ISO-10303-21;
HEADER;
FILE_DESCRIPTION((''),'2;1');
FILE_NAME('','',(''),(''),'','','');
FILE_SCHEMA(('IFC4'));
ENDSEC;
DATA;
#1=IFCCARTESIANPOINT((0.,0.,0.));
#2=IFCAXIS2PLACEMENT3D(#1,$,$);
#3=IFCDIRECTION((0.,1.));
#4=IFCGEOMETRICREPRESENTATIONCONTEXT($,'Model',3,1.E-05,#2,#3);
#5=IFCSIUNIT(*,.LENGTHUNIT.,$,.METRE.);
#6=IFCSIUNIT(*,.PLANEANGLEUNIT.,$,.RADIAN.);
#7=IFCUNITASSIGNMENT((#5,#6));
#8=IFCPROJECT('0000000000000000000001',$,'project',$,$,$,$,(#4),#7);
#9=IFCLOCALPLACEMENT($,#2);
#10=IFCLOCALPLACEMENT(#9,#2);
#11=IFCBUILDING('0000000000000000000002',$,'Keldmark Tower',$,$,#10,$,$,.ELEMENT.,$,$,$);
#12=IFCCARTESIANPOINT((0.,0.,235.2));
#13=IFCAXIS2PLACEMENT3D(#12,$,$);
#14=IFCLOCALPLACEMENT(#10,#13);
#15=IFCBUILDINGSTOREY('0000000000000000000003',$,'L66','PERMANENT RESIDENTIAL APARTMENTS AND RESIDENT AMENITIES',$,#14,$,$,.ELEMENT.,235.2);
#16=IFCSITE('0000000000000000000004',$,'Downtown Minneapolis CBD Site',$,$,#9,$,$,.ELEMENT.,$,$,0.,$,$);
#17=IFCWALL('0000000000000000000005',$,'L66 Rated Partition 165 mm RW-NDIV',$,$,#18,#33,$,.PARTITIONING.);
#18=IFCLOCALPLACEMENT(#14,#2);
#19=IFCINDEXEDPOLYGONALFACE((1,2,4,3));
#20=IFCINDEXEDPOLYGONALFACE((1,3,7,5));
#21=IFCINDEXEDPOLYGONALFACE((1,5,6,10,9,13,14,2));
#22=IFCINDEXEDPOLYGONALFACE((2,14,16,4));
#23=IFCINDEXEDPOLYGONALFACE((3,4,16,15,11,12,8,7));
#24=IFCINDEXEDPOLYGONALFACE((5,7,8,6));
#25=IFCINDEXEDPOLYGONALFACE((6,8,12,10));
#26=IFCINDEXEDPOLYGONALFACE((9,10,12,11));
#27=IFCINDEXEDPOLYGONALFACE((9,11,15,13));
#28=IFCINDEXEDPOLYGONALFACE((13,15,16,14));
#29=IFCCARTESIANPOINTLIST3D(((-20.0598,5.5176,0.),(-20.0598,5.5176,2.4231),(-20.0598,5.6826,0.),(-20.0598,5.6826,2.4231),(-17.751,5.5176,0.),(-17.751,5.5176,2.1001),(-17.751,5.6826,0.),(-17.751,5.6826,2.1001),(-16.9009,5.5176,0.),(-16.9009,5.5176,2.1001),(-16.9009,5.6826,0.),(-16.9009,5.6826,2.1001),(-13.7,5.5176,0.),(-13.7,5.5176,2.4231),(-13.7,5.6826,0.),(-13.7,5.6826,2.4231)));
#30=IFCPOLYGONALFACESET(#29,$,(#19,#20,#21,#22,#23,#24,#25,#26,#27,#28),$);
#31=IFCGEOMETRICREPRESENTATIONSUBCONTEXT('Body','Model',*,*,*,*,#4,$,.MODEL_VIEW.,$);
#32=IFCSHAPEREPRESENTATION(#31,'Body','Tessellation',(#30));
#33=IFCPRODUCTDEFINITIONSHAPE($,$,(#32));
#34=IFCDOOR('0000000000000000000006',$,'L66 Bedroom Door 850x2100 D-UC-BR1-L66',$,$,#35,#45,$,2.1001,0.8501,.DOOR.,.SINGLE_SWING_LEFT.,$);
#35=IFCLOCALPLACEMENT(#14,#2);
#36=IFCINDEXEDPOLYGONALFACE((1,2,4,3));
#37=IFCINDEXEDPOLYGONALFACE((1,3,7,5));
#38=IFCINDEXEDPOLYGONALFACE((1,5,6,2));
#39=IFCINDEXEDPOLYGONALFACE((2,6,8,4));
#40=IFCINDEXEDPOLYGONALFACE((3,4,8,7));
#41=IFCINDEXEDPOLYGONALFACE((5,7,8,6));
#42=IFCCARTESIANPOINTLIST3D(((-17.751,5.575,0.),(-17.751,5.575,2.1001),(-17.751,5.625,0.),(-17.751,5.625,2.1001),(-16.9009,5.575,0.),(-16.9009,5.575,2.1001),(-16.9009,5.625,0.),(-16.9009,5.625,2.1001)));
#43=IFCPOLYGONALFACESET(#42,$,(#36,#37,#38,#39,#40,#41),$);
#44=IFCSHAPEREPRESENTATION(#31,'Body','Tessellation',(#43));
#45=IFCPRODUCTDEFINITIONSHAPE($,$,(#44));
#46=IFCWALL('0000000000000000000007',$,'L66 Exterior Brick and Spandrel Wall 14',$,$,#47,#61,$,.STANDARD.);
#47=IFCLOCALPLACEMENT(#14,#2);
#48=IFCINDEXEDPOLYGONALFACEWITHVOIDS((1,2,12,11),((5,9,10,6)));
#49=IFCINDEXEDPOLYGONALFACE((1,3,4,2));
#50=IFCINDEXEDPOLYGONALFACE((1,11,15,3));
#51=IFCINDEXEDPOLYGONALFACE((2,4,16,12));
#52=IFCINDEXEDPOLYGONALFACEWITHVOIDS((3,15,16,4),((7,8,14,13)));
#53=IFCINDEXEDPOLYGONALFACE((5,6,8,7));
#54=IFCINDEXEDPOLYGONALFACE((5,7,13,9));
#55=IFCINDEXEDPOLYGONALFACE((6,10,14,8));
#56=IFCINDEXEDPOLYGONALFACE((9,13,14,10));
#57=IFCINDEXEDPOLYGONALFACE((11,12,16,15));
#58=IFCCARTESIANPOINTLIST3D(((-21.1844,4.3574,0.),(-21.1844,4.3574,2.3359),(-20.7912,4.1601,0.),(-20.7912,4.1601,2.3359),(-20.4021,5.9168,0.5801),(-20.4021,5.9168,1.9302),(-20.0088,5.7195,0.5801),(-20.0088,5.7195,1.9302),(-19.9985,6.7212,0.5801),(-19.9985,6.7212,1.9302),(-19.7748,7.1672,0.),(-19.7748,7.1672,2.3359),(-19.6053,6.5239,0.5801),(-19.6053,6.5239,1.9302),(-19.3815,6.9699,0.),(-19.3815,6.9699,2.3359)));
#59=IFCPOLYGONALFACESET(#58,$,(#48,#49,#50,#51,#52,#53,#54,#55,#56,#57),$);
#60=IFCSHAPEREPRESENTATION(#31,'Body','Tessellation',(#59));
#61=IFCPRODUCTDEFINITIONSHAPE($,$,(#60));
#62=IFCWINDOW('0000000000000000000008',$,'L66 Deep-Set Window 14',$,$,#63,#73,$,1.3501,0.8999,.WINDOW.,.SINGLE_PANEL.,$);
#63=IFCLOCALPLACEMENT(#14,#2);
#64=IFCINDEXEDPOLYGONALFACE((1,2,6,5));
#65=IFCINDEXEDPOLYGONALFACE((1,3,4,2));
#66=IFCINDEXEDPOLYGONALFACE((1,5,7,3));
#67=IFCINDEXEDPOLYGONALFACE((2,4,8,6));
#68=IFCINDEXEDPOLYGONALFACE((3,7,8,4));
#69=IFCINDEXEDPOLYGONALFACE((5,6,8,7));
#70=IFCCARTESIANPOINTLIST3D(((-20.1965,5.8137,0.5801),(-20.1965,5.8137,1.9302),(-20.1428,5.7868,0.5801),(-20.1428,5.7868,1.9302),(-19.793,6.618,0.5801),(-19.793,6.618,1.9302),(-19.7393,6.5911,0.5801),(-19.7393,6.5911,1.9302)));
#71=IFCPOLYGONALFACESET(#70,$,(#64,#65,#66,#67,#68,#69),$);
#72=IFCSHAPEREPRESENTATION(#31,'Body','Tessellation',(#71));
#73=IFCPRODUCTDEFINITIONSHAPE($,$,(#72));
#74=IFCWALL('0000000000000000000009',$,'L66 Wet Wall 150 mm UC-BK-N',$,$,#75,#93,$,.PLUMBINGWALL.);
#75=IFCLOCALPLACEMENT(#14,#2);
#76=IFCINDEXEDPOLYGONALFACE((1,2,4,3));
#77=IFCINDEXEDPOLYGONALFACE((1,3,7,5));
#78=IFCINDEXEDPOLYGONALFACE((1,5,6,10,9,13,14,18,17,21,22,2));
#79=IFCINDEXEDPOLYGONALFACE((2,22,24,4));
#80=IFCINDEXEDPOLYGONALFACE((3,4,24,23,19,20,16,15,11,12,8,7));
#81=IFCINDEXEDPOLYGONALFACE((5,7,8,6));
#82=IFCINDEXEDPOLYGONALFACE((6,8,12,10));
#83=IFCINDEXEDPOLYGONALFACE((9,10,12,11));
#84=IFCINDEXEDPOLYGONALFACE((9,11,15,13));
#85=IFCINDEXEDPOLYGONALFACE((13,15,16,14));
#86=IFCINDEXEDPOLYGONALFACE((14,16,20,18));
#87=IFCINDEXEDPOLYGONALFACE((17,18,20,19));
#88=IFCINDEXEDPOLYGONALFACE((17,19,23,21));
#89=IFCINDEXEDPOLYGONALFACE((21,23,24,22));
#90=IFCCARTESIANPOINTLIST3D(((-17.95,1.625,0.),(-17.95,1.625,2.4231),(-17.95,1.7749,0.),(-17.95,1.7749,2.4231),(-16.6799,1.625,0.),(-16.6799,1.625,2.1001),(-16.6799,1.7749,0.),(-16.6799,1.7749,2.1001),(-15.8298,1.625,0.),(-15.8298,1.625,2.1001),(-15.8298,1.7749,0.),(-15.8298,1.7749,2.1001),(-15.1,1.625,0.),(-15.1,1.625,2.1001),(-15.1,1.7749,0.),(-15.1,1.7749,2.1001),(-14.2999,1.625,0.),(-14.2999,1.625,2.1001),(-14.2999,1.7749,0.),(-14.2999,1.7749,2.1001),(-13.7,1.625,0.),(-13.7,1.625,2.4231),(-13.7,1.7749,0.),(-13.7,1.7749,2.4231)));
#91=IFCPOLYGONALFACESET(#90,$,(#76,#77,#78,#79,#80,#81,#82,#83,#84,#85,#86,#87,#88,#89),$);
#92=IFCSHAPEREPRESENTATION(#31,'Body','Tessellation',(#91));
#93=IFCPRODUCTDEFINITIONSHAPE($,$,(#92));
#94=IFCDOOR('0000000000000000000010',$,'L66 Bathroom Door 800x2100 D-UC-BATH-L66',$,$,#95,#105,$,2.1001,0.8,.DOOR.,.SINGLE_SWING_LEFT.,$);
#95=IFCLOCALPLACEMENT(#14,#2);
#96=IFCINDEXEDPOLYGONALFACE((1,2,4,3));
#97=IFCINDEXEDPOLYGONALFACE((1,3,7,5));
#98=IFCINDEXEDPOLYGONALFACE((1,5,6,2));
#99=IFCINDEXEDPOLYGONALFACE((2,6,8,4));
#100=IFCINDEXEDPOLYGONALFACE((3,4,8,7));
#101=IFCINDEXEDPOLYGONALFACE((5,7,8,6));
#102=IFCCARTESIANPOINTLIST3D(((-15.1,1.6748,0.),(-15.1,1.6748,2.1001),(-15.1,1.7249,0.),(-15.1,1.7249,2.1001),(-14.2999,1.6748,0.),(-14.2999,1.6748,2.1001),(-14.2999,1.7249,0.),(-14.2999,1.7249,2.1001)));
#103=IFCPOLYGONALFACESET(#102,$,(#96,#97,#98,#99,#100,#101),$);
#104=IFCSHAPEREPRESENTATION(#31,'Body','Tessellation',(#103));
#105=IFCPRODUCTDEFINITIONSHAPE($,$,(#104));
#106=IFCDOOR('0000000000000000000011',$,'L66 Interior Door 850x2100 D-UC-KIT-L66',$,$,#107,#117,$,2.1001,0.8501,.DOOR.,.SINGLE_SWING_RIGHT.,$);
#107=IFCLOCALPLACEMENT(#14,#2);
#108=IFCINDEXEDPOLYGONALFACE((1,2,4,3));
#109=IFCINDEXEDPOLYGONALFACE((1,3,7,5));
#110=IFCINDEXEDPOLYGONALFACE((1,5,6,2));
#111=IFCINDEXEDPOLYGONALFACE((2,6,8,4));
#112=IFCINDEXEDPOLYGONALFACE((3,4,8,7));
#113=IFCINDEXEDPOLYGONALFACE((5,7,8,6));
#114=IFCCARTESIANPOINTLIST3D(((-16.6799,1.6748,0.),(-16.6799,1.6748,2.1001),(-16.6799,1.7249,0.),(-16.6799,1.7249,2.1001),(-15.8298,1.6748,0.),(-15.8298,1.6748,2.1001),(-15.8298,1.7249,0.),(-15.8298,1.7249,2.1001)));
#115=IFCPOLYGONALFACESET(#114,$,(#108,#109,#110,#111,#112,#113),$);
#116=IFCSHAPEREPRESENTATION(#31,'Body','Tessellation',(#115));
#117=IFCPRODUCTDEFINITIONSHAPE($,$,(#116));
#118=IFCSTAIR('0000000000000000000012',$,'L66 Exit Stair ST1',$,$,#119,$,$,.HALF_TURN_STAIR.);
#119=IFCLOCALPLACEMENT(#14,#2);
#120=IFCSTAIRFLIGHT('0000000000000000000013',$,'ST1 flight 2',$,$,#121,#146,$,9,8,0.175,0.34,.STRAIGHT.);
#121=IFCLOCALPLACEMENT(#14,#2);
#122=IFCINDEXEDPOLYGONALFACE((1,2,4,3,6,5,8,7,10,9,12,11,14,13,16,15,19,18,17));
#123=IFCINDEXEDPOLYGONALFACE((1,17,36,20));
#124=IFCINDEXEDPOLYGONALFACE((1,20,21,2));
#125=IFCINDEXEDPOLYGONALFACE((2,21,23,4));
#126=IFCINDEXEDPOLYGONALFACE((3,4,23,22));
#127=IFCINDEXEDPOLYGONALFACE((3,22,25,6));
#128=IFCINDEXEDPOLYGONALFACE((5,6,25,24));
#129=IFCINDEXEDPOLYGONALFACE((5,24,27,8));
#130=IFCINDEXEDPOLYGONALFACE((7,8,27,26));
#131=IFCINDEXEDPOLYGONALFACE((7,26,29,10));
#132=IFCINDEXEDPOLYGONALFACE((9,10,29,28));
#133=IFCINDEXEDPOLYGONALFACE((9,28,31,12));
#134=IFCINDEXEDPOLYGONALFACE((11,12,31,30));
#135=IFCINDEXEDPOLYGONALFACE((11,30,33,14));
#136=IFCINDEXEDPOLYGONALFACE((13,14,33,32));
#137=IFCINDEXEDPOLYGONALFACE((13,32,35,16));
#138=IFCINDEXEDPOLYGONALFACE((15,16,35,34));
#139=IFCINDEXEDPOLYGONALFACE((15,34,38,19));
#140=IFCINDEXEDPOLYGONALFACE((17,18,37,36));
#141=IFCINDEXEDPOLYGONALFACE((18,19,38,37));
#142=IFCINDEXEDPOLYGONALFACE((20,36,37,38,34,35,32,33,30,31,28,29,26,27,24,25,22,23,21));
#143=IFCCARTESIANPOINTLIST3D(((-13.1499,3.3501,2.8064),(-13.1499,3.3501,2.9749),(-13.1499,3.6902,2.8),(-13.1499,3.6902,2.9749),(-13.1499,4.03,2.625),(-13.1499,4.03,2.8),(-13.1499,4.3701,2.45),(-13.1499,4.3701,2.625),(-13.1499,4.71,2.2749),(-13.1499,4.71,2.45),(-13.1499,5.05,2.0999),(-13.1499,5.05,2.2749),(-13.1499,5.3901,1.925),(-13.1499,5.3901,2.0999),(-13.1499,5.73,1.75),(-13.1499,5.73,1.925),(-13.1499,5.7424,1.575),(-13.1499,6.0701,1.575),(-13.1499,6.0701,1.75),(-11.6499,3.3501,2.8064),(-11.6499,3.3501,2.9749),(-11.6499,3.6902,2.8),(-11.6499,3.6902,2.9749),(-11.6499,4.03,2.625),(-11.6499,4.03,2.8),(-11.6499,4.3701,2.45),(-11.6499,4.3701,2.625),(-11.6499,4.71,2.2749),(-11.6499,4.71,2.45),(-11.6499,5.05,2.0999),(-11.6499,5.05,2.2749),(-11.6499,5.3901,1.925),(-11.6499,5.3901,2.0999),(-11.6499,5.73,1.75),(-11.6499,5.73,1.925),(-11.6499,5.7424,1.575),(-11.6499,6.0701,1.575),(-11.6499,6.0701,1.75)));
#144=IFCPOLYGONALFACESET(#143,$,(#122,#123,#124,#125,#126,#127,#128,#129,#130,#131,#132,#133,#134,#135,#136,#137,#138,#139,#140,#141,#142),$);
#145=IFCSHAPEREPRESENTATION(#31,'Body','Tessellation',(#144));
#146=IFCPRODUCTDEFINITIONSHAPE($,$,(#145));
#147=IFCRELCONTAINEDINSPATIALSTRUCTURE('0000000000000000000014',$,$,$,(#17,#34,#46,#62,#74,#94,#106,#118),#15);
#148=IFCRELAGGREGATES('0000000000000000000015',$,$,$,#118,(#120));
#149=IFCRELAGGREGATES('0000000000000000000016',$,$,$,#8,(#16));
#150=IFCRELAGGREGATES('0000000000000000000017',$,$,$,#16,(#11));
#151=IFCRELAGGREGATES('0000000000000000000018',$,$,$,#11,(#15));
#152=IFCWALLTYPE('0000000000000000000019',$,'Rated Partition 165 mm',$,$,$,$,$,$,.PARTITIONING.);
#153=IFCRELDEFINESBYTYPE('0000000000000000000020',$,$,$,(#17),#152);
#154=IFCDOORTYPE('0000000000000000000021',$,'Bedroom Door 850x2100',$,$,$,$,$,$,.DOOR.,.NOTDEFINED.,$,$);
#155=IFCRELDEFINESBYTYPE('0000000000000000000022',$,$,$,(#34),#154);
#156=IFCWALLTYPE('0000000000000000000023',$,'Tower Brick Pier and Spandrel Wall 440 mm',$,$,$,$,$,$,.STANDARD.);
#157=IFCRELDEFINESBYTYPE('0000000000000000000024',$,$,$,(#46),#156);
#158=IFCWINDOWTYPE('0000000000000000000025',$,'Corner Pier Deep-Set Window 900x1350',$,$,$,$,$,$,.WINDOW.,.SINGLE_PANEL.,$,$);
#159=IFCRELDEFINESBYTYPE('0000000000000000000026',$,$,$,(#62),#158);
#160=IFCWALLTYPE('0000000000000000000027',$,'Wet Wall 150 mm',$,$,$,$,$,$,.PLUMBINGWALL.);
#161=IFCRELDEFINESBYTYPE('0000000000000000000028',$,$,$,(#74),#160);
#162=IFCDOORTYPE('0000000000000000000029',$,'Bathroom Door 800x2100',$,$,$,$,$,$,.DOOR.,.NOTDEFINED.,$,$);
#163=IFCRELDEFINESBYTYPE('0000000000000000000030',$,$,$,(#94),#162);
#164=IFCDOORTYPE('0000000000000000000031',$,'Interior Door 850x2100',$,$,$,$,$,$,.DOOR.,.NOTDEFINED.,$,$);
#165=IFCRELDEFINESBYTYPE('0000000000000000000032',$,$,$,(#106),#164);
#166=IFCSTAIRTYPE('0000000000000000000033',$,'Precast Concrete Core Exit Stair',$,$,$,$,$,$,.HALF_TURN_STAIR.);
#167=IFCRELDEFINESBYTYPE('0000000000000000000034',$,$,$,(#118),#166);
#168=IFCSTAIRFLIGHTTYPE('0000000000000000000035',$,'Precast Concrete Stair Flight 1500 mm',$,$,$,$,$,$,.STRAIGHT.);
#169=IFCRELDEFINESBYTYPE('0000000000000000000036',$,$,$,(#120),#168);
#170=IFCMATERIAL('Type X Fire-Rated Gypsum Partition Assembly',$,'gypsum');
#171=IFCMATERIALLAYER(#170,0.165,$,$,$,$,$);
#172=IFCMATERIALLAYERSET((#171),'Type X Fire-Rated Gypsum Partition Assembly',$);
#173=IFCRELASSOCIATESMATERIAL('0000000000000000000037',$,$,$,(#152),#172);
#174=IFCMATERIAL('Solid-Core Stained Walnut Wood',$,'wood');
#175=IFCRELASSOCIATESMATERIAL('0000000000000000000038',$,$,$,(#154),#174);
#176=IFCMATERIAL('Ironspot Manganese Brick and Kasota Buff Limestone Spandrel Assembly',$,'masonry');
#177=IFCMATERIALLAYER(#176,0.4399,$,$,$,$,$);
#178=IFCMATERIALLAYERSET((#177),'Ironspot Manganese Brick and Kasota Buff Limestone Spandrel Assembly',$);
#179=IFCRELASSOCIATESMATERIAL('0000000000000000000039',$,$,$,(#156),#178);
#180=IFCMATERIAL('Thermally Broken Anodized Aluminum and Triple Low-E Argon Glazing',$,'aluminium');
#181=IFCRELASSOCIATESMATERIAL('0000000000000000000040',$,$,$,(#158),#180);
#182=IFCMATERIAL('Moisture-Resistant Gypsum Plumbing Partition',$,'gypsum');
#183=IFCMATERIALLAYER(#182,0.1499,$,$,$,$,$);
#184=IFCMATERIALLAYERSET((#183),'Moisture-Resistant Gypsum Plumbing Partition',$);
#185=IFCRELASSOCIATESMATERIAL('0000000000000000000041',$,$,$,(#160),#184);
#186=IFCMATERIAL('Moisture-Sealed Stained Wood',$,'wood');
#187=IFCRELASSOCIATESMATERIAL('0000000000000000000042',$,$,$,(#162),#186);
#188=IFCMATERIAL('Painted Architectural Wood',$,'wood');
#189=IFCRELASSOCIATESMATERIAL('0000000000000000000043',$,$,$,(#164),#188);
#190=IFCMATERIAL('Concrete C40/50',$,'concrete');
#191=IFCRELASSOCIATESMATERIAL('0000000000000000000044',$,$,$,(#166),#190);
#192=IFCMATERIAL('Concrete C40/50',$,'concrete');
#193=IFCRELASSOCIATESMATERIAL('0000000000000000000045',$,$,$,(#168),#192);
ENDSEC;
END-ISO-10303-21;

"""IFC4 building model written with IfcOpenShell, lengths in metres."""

from ifc_helpers import new_model, si_unit, direction, frame, frame_2d, origin, place, context, subcontext, project, spatial, polyline, rectangle, outline, extrude, material, layer, layer_set, type_object, element, fill, aggregate, save


model = new_model("IFC4")

# Units and contexts
model_context = context("Model", 3, precision=1e-05, world=origin(), true_north=direction((0.0, 1.0)))
body_context = subcontext(model_context, "Body", "Model", "MODEL_VIEW")
ifc_project = project(units=[si_unit("LENGTHUNIT", "METRE"), si_unit("PLANEANGLEUNIT", "RADIAN")], contexts=[model_context])

# Site, building, storey
site_placement = place(None, origin())
site = spatial("IfcSite", under=ifc_project, at=site_placement, Name="Downtown Minneapolis CBD Site", CompositionType="ELEMENT", RefElevation=0.0)
building_placement = place(site_placement, origin())
building = spatial("IfcBuilding", under=site, at=building_placement, Name="Keldmark Tower", CompositionType="ELEMENT")
storey_placement = place(building_placement, frame((0.0, 0.0, 235.2)))
storey = spatial("IfcBuildingStorey", under=building, at=storey_placement, Name="L66", Description="PERMANENT RESIDENTIAL APARTMENTS AND RESIDENT AMENITIES", CompositionType="ELEMENT", Elevation=235.2)

# Wall, opening, door
ifc_material_1 = material(Name="Type X Fire-Rated Gypsum Partition Assembly", Category="gypsum")
ifc_layer_1 = layer(ifc_material_1, 0.165)
ifc_layer_set_1 = layer_set([ifc_layer_1], Name="Type X Fire-Rated Gypsum Partition Assembly")
wall_type_1 = type_object("IfcWallType", Name="Rated Partition 165 mm", PredefinedType="PARTITIONING", material=ifc_layer_set_1)
wall_1_placement = place(storey_placement, frame((-20.0598, 5.6001, 0.0), z_axis=(0.0, 0.0, 1.0), x_axis=(1.0, 0.0, 0.0)))
wall_1 = element("IfcWall", 1, at=wall_1_placement, inside=storey, type_object=wall_type_1, Name="L66 Rated Partition 165 mm RW-NDIV", PredefinedType="PARTITIONING", context=body_context, shape_type="SweptSolid", body=[
    extrude(rectangle(XDim=6.3599, YDim=0.165, at=frame_2d((3.1799, 0.0))), origin(), (0.0, 0.0, 1.0), 2.4231),
])
opening_1_placement = place(wall_1_placement, frame((2.3088, 0.0, 0.0)))
opening_1 = element("IfcOpeningElement", 2, at=opening_1_placement, cuts=wall_1, PredefinedType="OPENING", context=body_context, shape_type="SweptSolid", body=[
    extrude(rectangle(XDim=0.8501, YDim=2.1001, at=frame_2d((0.425, 1.05))), frame((0.0, 0.0925, 0.0), z_axis=(0.0, -1.0, 0.0), x_axis=(1.0, 0.0, 0.0)), (0.0, 0.0, 1.0), 0.1851),
])
ifc_material_2 = material(Name="Solid-Core Stained Walnut Wood", Category="wood")
door_type_1 = type_object("IfcDoorType", Name="Bedroom Door 850x2100", OperationType="NOTDEFINED", PredefinedType="DOOR", material=ifc_material_2)
door_1_placement = place(opening_1_placement, origin())
door_1 = element("IfcDoor", 3, at=door_1_placement, inside=storey, type_object=door_type_1, Name="L66 Bedroom Door 850x2100 D-UC-BR1-L66", OperationType="SINGLE_SWING_LEFT", OverallHeight=2.1001, OverallWidth=0.8501, PredefinedType="DOOR", context=body_context, shape_type="SweptSolid", body=[
    extrude(rectangle(XDim=0.8501, YDim=2.1001, at=frame_2d((0.425, 1.05))), frame((0.0, 0.0249, 0.0), z_axis=(0.0, -1.0, 0.0), x_axis=(1.0, 0.0, 0.0)), (0.0, 0.0, 1.0), 0.05),
])
fill(opening_1, door_1)

# Wall, opening, window
ifc_material_3 = material(Name="Ironspot Manganese Brick and Kasota Buff Limestone Spandrel Assembly", Category="masonry")
ifc_layer_2 = layer(ifc_material_3, 0.4399)
ifc_layer_set_2 = layer_set([ifc_layer_2], Name="Ironspot Manganese Brick and Kasota Buff Limestone Spandrel Assembly")
wall_type_2 = type_object("IfcWallType", Name="Tower Brick Pier and Spandrel Wall 440 mm", PredefinedType="STANDARD", material=ifc_layer_set_2)
wall_2_placement = place(storey_placement, frame((-20.9878, 4.2588, 0.0), z_axis=(0.0, 0.0, 1.0), x_axis=(0.448425, 0.893821, 0.0)))
wall_2 = element("IfcWall", 4, at=wall_2_placement, inside=storey, type_object=wall_type_2, Name="L66 Exterior Brick and Spandrel Wall 14", PredefinedType="STANDARD", context=body_context, shape_type="SweptSolid", body=[
    extrude(rectangle(XDim=3.1436, YDim=0.4399, at=frame_2d((1.5718, 0.0))), origin(), (0.0, 0.0, 1.0), 2.3359),
])
opening_2_placement = place(wall_2_placement, frame((1.7446, 0.0, 0.5801)))
opening_2 = element("IfcOpeningElement", 5, at=opening_2_placement, cuts=wall_2, PredefinedType="OPENING", context=body_context, shape_type="SweptSolid", body=[
    extrude(rectangle(XDim=0.8999, YDim=1.3501, at=frame_2d((0.45, 0.675))), frame((0.0, 0.23, 0.0), z_axis=(0.0, -1.0, 0.0), x_axis=(1.0, 0.0, 0.0)), (0.0, 0.0, 1.0), 0.46),
])
ifc_material_4 = material(Name="Thermally Broken Anodized Aluminum and Triple Low-E Argon Glazing", Category="aluminium")
window_type = type_object("IfcWindowType", Name="Corner Pier Deep-Set Window 900x1350", PartitioningType="SINGLE_PANEL", PredefinedType="WINDOW", material=ifc_material_4)
window_placement = place(opening_2_placement, origin())
window = element("IfcWindow", 6, at=window_placement, inside=storey, type_object=window_type, Name="L66 Deep-Set Window 14", OverallHeight=1.3501, OverallWidth=0.8999, PartitioningType="SINGLE_PANEL", PredefinedType="WINDOW", context=body_context, shape_type="SweptSolid", body=[
    extrude(rectangle(XDim=0.8999, YDim=1.3501, at=frame_2d((0.45, 0.675))), frame((0.0, -0.01, 0.0), z_axis=(0.0, -1.0, 0.0), x_axis=(1.0, 0.0, 0.0)), (0.0, 0.0, 1.0), 0.0601),
])
fill(opening_2, window)

# Wall, openings, doors
ifc_material_5 = material(Name="Moisture-Resistant Gypsum Plumbing Partition", Category="gypsum")
ifc_layer_3 = layer(ifc_material_5, 0.1499)
ifc_layer_set_3 = layer_set([ifc_layer_3], Name="Moisture-Resistant Gypsum Plumbing Partition")
wall_type_3 = type_object("IfcWallType", Name="Wet Wall 150 mm", PredefinedType="PLUMBINGWALL", material=ifc_layer_set_3)
wall_3_placement = place(storey_placement, frame((-17.95, 1.7, 0.0), z_axis=(0.0, 0.0, 1.0), x_axis=(1.0, 0.0, 0.0)))
wall_3 = element("IfcWall", 7, at=wall_3_placement, inside=storey, type_object=wall_type_3, Name="L66 Wet Wall 150 mm UC-BK-N", PredefinedType="PLUMBINGWALL", context=body_context, shape_type="SweptSolid", body=[
    extrude(rectangle(XDim=4.25, YDim=0.1499, at=frame_2d((2.125, 0.0))), origin(), (0.0, 0.0, 1.0), 2.4231),
])
opening_3_placement = place(wall_3_placement, frame((2.8501, 0.0, 0.0)))
opening_3 = element("IfcOpeningElement", 8, at=opening_3_placement, cuts=wall_3, PredefinedType="OPENING", context=body_context, shape_type="SweptSolid", body=[
    extrude(rectangle(XDim=0.8, YDim=2.1001, at=frame_2d((0.3999, 1.05))), frame((0.0, 0.085, 0.0), z_axis=(0.0, -1.0, 0.0), x_axis=(1.0, 0.0, 0.0)), (0.0, 0.0, 1.0), 0.1699),
])
opening_4_placement = place(wall_3_placement, frame((1.27, 0.0, 0.0)))
opening_4 = element("IfcOpeningElement", 9, at=opening_4_placement, cuts=wall_3, PredefinedType="OPENING", context=body_context, shape_type="SweptSolid", body=[
    extrude(rectangle(XDim=0.8501, YDim=2.1001, at=frame_2d((0.425, 1.05))), frame((0.0, 0.085, 0.0), z_axis=(0.0, -1.0, 0.0), x_axis=(1.0, 0.0, 0.0)), (0.0, 0.0, 1.0), 0.1699),
])
ifc_material_6 = material(Name="Moisture-Sealed Stained Wood", Category="wood")
door_type_2 = type_object("IfcDoorType", Name="Bathroom Door 800x2100", OperationType="NOTDEFINED", PredefinedType="DOOR", material=ifc_material_6)
door_2_placement = place(opening_3_placement, origin())
door_2 = element("IfcDoor", 10, at=door_2_placement, inside=storey, type_object=door_type_2, Name="L66 Bathroom Door 800x2100 D-UC-BATH-L66", OperationType="SINGLE_SWING_LEFT", OverallHeight=2.1001, OverallWidth=0.8, PredefinedType="DOOR", context=body_context, shape_type="SweptSolid", body=[
    extrude(rectangle(XDim=0.8, YDim=2.1001, at=frame_2d((0.3999, 1.05))), frame((0.0, 0.0249, 0.0), z_axis=(0.0, -1.0, 0.0), x_axis=(1.0, 0.0, 0.0)), (0.0, 0.0, 1.0), 0.05),
])
fill(opening_3, door_2)
ifc_material_7 = material(Name="Painted Architectural Wood", Category="wood")
door_type_3 = type_object("IfcDoorType", Name="Interior Door 850x2100", OperationType="NOTDEFINED", PredefinedType="DOOR", material=ifc_material_7)
door_3_placement = place(opening_4_placement, origin())
door_3 = element("IfcDoor", 11, at=door_3_placement, inside=storey, type_object=door_type_3, Name="L66 Interior Door 850x2100 D-UC-KIT-L66", OperationType="SINGLE_SWING_RIGHT", OverallHeight=2.1001, OverallWidth=0.8501, PredefinedType="DOOR", context=body_context, shape_type="SweptSolid", body=[
    extrude(rectangle(XDim=0.8501, YDim=2.1001, at=frame_2d((0.425, 1.05))), frame((0.0, 0.0249, 0.0), z_axis=(0.0, -1.0, 0.0), x_axis=(1.0, 0.0, 0.0)), (0.0, 0.0, 1.0), 0.05),
])
fill(opening_4, door_3)

# Stair, stair flight
ifc_material_8 = material(Name="Concrete C40/50", Category="concrete")
stair_type = type_object("IfcStairType", Name="Precast Concrete Core Exit Stair", PredefinedType="HALF_TURN_STAIR", material=ifc_material_8)
stair_placement = place(storey_placement, origin())
stair = element("IfcStair", 12, at=stair_placement, inside=storey, type_object=stair_type, Name="L66 Exit Stair ST1", PredefinedType="HALF_TURN_STAIR")
ifc_material_9 = material(Name="Concrete C40/50", Category="concrete")
stair_flight_type = type_object("IfcStairFlightType", Name="Precast Concrete Stair Flight 1500 mm", PredefinedType="STRAIGHT", material=ifc_material_9)
stair_flight_placement = place(storey_placement, frame((-12.3999, 6.0701, 1.575), z_axis=(0.0, 0.0, 1.0), x_axis=(0.0, -1.0, 0.0)))
stair_flight = element("IfcStairFlight", 13, at=stair_flight_placement, type_object=stair_flight_type, Name="ST1 flight 2", NumberOfRisers=9, NumberOfTreads=8, PredefinedType="STRAIGHT", RiserHeight=0.175, TreadLength=0.34, context=body_context, shape_type="SweptSolid", body=[
    extrude(outline(polyline([(0.0, 0.0), (0.0, 0.175), (0.3401, 0.175), (0.3401, 0.3501), (0.6799, 0.3501), (0.6799, 0.5249), (1.02, 0.5249), (1.02, 0.7), (1.3601, 0.7), (1.3601, 0.875), (1.7, 0.875), (1.7, 1.05), (2.04, 1.05), (2.04, 1.2251), (2.3799, 1.2251), (2.3799, 1.3999), (2.72, 1.3999), (2.72, 1.575), (2.72, 1.2314), (0.3276, 0.0), (0.0, 0.0)])), frame((0.0, 0.75, 0.0), z_axis=(0.0, -1.0, 0.0), x_axis=(1.0, 0.0, 0.0)), (0.0, 0.0, 1.0), 1.5),
])
aggregate(stair, [stair_flight])

save(model, "model.ifc")
